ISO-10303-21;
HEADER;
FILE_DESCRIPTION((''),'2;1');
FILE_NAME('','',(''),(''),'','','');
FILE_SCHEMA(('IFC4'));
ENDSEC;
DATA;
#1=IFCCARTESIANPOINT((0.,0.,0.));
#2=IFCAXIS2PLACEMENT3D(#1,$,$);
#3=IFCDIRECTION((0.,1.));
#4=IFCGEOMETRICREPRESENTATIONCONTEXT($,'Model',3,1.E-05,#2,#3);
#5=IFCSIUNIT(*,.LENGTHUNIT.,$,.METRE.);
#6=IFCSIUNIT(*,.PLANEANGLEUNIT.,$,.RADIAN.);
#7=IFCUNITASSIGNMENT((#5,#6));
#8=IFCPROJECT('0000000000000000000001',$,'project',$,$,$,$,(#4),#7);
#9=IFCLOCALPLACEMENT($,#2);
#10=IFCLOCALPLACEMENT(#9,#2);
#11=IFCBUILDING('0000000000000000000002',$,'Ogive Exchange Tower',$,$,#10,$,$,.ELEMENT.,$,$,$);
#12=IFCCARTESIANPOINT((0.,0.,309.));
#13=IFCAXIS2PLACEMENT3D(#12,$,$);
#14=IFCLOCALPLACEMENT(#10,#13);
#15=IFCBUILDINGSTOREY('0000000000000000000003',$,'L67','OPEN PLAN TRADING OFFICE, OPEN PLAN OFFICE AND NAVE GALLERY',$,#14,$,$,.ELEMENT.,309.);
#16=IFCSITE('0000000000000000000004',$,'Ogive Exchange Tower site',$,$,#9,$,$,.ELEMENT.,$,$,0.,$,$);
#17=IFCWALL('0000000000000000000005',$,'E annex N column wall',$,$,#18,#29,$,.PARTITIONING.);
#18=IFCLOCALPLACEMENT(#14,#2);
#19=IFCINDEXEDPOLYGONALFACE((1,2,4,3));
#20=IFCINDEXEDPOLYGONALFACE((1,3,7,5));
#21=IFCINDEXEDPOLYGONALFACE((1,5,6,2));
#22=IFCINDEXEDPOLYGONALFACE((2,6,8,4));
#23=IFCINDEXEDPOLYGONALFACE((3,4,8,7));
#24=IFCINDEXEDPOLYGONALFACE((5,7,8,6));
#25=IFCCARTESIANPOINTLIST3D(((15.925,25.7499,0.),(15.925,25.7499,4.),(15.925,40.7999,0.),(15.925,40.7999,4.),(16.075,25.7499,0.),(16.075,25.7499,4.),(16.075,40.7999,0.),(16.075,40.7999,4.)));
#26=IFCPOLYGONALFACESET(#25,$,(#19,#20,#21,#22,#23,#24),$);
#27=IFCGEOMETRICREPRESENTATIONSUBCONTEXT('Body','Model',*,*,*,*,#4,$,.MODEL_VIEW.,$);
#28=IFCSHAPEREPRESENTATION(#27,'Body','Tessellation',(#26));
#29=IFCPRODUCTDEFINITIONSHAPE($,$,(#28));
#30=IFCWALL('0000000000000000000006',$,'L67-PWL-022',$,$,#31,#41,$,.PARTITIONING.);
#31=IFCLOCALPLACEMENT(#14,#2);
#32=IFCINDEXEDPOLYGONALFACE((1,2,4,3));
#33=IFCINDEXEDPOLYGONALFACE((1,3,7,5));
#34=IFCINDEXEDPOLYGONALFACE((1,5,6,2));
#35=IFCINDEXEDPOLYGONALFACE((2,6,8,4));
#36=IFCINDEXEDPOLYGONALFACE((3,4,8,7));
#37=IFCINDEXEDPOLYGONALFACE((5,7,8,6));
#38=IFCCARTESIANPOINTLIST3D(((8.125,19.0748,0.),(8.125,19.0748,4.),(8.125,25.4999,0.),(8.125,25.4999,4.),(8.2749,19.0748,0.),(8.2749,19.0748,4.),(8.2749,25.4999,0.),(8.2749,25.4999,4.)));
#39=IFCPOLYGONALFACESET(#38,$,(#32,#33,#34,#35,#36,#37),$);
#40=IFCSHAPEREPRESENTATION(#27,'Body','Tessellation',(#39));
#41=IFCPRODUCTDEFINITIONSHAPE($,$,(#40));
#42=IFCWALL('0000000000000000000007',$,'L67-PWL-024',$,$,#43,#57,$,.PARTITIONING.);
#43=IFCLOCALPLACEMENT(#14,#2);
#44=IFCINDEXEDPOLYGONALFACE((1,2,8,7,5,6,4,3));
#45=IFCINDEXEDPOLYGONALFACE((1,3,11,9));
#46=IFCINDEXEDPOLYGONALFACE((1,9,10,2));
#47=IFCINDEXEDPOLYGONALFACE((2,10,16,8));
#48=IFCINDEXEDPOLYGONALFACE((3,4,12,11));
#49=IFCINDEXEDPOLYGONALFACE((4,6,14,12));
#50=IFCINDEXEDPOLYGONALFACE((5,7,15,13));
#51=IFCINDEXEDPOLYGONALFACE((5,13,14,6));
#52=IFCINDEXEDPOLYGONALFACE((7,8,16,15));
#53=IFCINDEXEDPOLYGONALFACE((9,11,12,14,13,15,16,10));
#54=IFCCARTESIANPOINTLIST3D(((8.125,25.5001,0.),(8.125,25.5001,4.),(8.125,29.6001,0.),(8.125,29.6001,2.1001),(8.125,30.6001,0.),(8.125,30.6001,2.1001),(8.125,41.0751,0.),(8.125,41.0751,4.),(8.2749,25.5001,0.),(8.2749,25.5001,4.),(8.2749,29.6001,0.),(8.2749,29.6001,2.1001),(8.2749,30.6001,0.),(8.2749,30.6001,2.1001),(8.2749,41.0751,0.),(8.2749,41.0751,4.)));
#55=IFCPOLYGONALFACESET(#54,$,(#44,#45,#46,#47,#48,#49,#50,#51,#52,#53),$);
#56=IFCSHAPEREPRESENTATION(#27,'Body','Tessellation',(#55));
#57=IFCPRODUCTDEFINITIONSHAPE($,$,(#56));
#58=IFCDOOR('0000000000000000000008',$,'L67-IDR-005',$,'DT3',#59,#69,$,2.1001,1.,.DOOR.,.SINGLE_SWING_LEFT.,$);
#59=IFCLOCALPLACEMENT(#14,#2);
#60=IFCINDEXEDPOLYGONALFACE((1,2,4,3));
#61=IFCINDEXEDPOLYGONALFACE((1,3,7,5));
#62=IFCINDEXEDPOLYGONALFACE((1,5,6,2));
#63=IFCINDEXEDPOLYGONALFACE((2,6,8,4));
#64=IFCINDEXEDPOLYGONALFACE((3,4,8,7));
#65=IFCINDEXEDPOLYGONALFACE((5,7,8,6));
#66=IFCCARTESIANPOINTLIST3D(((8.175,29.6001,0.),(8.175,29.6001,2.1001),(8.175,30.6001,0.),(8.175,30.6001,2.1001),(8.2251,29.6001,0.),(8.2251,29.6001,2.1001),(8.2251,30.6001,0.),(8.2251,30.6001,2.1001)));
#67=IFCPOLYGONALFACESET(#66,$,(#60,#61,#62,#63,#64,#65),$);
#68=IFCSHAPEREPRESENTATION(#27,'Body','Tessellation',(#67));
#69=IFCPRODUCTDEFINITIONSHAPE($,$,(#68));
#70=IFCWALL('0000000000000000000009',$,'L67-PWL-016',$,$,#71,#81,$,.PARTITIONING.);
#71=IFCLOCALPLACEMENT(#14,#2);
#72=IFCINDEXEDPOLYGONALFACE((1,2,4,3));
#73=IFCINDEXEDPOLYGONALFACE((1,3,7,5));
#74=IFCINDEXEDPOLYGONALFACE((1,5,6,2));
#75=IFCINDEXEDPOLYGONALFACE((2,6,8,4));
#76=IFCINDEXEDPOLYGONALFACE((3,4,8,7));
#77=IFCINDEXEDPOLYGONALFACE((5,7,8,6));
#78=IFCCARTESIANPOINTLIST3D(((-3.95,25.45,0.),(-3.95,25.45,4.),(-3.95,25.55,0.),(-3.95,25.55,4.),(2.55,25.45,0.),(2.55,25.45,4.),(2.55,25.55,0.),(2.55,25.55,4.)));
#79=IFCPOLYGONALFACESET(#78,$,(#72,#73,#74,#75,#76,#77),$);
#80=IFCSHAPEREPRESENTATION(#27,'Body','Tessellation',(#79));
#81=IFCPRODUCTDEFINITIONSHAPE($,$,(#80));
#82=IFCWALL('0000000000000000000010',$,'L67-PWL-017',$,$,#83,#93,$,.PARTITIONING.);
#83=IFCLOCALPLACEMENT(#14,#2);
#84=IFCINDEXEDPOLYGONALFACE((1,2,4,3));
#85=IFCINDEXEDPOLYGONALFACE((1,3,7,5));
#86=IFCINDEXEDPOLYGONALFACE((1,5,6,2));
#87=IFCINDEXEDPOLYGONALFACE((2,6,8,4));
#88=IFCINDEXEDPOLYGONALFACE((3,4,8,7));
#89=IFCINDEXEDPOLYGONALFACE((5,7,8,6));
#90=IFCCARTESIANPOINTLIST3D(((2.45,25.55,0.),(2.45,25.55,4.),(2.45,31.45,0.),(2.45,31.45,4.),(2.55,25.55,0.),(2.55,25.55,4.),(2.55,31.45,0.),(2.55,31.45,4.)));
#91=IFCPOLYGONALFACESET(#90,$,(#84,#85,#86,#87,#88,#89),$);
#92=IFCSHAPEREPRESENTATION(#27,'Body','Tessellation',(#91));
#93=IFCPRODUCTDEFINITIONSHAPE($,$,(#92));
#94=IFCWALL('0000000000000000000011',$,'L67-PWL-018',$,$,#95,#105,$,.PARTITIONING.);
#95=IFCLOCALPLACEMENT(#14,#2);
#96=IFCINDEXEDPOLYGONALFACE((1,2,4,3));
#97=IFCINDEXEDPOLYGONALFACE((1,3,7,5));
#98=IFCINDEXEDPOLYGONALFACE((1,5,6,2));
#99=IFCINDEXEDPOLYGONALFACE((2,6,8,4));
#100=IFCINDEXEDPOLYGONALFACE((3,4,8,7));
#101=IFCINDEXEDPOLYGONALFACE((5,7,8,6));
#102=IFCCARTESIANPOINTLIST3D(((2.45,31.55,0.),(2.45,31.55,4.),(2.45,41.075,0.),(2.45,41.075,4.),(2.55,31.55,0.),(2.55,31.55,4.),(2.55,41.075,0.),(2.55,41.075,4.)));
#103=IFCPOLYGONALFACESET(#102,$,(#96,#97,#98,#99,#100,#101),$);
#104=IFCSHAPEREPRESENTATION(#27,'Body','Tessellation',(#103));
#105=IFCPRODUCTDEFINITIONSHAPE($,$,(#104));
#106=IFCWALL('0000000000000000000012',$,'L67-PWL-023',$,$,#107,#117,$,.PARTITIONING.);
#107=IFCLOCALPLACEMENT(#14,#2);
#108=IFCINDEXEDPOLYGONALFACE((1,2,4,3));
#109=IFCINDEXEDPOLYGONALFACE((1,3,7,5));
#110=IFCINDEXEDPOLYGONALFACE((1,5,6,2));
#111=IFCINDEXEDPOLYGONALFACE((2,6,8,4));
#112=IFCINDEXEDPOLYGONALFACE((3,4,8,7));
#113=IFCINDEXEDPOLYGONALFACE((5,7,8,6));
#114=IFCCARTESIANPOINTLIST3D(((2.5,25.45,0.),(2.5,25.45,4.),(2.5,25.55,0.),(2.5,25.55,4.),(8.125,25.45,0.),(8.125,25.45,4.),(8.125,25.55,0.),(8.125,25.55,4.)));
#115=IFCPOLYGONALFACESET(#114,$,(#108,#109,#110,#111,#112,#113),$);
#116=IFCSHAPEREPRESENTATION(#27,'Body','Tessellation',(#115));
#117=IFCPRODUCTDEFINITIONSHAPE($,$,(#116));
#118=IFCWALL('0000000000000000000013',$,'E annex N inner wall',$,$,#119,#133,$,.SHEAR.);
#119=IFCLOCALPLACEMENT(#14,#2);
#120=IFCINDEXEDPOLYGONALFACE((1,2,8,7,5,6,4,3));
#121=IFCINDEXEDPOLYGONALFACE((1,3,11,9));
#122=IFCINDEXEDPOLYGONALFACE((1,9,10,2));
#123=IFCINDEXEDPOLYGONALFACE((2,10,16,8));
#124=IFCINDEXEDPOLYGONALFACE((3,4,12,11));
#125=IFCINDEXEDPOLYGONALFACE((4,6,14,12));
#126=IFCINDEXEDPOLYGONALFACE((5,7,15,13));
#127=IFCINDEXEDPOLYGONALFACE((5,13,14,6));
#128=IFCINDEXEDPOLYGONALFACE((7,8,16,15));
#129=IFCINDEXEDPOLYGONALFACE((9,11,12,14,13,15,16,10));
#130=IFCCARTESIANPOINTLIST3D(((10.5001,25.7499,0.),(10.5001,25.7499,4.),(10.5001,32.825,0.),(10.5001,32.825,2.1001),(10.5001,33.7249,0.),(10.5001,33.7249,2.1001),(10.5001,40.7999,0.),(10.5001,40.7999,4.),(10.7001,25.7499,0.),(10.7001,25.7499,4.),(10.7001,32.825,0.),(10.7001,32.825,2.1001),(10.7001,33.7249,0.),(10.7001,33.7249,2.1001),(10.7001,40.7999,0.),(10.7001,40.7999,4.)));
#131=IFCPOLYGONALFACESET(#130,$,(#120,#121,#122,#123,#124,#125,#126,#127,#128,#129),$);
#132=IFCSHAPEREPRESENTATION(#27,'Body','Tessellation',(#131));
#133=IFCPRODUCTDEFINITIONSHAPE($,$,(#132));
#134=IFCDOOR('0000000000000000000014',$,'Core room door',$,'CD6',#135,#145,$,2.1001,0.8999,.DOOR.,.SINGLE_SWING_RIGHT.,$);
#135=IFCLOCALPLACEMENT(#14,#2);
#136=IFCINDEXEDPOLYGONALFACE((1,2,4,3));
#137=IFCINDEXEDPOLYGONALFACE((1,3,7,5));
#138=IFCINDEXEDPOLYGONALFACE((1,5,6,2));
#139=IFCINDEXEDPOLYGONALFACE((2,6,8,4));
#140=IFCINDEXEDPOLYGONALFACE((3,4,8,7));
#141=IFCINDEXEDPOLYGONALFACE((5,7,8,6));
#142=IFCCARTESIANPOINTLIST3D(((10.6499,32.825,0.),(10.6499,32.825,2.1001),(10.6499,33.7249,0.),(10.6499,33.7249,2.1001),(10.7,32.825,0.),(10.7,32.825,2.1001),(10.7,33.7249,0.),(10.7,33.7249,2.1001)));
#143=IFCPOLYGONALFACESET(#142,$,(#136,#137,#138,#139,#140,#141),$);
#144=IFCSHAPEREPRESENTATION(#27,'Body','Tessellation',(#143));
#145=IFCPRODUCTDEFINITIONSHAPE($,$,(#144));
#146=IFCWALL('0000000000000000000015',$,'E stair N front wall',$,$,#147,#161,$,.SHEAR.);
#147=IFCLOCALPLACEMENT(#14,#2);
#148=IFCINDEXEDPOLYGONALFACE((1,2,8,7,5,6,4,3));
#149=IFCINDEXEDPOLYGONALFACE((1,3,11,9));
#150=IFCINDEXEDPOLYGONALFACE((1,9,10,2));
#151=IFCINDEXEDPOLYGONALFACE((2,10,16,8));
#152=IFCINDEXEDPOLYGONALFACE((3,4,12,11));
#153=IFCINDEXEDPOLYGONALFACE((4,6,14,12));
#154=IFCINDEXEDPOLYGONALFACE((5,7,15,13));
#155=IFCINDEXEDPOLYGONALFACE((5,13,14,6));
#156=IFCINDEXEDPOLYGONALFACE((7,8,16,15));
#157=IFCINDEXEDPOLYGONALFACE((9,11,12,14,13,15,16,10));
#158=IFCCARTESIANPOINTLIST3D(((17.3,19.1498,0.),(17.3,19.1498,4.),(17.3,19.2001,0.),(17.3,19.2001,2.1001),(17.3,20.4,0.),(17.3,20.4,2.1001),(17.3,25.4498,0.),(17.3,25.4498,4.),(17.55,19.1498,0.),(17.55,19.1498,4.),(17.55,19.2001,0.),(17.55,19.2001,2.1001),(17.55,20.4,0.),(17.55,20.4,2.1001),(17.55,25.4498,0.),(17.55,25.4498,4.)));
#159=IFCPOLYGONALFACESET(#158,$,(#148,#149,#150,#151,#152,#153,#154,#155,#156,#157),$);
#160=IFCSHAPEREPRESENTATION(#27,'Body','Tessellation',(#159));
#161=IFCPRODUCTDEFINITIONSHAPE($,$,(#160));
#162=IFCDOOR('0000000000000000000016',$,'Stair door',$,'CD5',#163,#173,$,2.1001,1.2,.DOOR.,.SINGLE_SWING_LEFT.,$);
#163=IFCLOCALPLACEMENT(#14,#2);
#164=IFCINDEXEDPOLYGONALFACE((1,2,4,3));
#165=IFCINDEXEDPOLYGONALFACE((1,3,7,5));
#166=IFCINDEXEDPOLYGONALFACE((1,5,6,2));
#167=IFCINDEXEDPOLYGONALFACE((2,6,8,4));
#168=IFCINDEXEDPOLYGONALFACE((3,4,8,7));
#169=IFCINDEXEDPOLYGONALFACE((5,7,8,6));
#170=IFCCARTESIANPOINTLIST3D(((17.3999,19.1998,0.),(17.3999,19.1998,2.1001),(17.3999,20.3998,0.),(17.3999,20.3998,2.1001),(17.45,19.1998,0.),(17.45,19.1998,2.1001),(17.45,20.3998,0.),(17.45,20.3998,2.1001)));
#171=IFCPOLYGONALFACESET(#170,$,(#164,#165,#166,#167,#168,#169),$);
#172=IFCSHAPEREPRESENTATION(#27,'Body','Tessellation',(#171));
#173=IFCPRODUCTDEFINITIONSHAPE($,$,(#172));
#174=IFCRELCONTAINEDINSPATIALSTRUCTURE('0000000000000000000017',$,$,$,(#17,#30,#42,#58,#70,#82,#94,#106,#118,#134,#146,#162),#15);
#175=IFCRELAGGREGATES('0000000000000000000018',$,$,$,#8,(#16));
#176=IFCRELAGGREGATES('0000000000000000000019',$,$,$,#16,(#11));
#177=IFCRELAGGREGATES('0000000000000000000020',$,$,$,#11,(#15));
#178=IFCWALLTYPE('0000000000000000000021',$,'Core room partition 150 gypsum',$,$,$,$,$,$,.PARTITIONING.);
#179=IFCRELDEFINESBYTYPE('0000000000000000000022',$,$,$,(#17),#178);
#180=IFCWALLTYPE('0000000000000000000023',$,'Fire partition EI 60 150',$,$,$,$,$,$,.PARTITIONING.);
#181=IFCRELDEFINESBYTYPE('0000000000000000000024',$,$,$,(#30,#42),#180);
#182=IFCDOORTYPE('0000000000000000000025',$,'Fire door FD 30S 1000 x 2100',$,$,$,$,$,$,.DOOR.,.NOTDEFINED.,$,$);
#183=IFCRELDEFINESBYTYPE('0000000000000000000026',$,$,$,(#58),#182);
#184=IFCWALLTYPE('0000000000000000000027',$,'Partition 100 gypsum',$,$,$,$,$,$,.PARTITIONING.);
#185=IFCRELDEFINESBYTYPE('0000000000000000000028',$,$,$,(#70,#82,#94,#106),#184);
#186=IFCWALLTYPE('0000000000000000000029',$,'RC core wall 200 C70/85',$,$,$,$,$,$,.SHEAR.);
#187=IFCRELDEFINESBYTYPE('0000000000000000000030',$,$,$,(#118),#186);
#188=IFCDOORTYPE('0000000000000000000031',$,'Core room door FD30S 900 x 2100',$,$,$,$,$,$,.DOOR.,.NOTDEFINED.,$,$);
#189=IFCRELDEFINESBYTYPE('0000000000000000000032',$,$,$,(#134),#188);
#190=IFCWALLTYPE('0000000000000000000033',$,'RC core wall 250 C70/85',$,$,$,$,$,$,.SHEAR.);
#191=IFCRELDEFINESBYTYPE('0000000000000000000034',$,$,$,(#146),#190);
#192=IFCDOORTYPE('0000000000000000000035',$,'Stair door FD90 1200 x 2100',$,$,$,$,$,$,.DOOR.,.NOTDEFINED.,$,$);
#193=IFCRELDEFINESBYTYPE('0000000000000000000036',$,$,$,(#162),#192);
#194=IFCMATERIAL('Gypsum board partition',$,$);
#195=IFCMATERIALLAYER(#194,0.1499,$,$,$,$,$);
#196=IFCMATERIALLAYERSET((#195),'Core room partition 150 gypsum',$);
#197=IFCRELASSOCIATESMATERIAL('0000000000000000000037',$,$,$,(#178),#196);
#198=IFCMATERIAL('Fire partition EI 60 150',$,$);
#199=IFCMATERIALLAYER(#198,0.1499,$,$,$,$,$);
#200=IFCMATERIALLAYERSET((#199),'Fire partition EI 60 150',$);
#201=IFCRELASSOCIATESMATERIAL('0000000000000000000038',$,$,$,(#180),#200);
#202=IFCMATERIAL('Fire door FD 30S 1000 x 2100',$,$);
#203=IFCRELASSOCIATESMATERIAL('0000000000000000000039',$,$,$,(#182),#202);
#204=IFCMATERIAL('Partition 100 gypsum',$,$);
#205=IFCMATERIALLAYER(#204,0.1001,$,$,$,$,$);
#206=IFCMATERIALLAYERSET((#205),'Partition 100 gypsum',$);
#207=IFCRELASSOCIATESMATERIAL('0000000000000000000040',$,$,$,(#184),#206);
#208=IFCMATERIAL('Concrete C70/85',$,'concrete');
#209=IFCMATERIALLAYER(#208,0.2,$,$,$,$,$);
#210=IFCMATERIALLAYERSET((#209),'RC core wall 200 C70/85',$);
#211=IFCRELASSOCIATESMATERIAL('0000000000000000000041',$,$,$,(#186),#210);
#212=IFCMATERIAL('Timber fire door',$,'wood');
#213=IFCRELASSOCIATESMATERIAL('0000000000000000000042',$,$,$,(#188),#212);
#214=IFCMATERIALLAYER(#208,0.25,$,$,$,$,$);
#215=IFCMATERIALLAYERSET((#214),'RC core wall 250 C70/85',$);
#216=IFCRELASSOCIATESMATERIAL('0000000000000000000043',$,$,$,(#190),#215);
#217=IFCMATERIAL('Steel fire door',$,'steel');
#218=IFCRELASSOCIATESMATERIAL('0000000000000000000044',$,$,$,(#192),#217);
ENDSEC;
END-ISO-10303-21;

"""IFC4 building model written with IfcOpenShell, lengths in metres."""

from ifc_helpers import new_model, si_unit, direction, frame, frame_2d, origin, place, context, subcontext, project, spatial, rectangle, extrude, material, layer, layer_set, type_object, element, fill, save


model = new_model("IFC4")

# Units and contexts
model_context = context("Model", 3, precision=1e-05, world=origin(), true_north=direction((0.0, 1.0)))
body_context = subcontext(model_context, "Body", "Model", "MODEL_VIEW")
ifc_project = project(units=[si_unit("LENGTHUNIT", "METRE"), si_unit("PLANEANGLEUNIT", "RADIAN")], contexts=[model_context])

# Site, building, storey
site_placement = place(None, origin())
site = spatial("IfcSite", under=ifc_project, at=site_placement, Name="Ogive Exchange Tower site", CompositionType="ELEMENT", RefElevation=0.0)
building_placement = place(site_placement, origin())
building = spatial("IfcBuilding", under=site, at=building_placement, Name="Ogive Exchange Tower", CompositionType="ELEMENT")
storey_placement = place(building_placement, frame((0.0, 0.0, 309.0)))
storey = spatial("IfcBuildingStorey", under=building, at=storey_placement, Name="L67", Description="OPEN PLAN TRADING OFFICE, OPEN PLAN OFFICE AND NAVE GALLERY", CompositionType="ELEMENT", Elevation=309.0)

# Walls
ifc_material_1 = material(Name="Gypsum board partition")
ifc_layer_1 = layer(ifc_material_1, 0.1499)
ifc_layer_set_1 = layer_set([ifc_layer_1], Name="Core room partition 150 gypsum")
wall_type_1 = type_object("IfcWallType", Name="Core room partition 150 gypsum", PredefinedType="PARTITIONING", material=ifc_layer_set_1)
wall_1_placement = place(storey_placement, frame((16.0, 25.75, 0.0), z_axis=(0.0, 0.0, 1.0), x_axis=(0.0, 1.0, 0.0)))
element("IfcWall", 1, at=wall_1_placement, inside=storey, type_object=wall_type_1, Name="E annex N column wall", PredefinedType="PARTITIONING", context=body_context, shape_type="SweptSolid", body=[
    extrude(rectangle(XDim=15.05, YDim=0.1499, at=frame_2d((7.5249, 0.0))), origin(), (0.0, 0.0, 1.0), 4.0),
])
ifc_material_2 = material(Name="Fire partition EI 60 150")
ifc_layer_2 = layer(ifc_material_2, 0.1499)
ifc_layer_set_2 = layer_set([ifc_layer_2], Name="Fire partition EI 60 150")
wall_type_2 = type_object("IfcWallType", Name="Fire partition EI 60 150", PredefinedType="PARTITIONING", material=ifc_layer_set_2)
wall_2_placement = place(storey_placement, frame((8.2, 19.075, 0.0), z_axis=(0.0, 0.0, 1.0), x_axis=(0.0, 1.0, 0.0)))
element("IfcWall", 2, at=wall_2_placement, inside=storey, type_object=wall_type_2, Name="L67-PWL-022", PredefinedType="PARTITIONING", context=body_context, shape_type="SweptSolid", body=[
    extrude(rectangle(XDim=6.425, YDim=0.1499, at=frame_2d((3.2124, 0.0))), origin(), (0.0, 0.0, 1.0), 4.0),
])

# Wall, opening, door
wall_3_placement = place(storey_placement, frame((8.2, 25.5, 0.0), z_axis=(0.0, 0.0, 1.0), x_axis=(0.0, 1.0, 0.0)))
wall_3 = element("IfcWall", 3, at=wall_3_placement, inside=storey, type_object=wall_type_2, Name="L67-PWL-024", PredefinedType="PARTITIONING", context=body_context, shape_type="SweptSolid", body=[
    extrude(rectangle(XDim=15.575, YDim=0.1499, at=frame_2d((7.7876, 0.0))), origin(), (0.0, 0.0, 1.0), 4.0),
])
opening_1_placement = place(wall_3_placement, frame((4.1001, 0.0, 0.0)))
opening_1 = element("IfcOpeningElement", 4, at=opening_1_placement, cuts=wall_3, PredefinedType="OPENING", context=body_context, shape_type="SweptSolid", body=[
    extrude(rectangle(XDim=1.0, YDim=2.1001, at=frame_2d((0.5, 1.05))), frame((0.0, 0.085, 0.0), z_axis=(0.0, -1.0, 0.0), x_axis=(1.0, 0.0, 0.0)), (0.0, 0.0, 1.0), 0.1699),
])
ifc_material_3 = material(Name="Fire door FD 30S 1000 x 2100")
door_type_1 = type_object("IfcDoorType", Name="Fire door FD 30S 1000 x 2100", OperationType="NOTDEFINED", PredefinedType="DOOR", material=ifc_material_3)
door_1_placement = place(opening_1_placement, origin())
door_1 = element("IfcDoor", 5, at=door_1_placement, inside=storey, type_object=door_type_1, Name="L67-IDR-005", ObjectType="DT3", OperationType="SINGLE_SWING_LEFT", OverallHeight=2.1001, OverallWidth=1.0, PredefinedType="DOOR", context=body_context, shape_type="SweptSolid", body=[
    extrude(rectangle(XDim=1.0, YDim=2.1001, at=frame_2d((0.5, 1.05))), frame((0.0, 0.0249, 0.0), z_axis=(0.0, -1.0, 0.0), x_axis=(1.0, 0.0, 0.0)), (0.0, 0.0, 1.0), 0.05),
])
fill(opening_1, door_1)

# Walls
ifc_material_4 = material(Name="Partition 100 gypsum")
ifc_layer_3 = layer(ifc_material_4, 0.1001)
ifc_layer_set_3 = layer_set([ifc_layer_3], Name="Partition 100 gypsum")
wall_type_3 = type_object("IfcWallType", Name="Partition 100 gypsum", PredefinedType="PARTITIONING", material=ifc_layer_set_3)
wall_4_placement = place(storey_placement, frame((2.55, 25.5, 0.0), z_axis=(0.0, 0.0, 1.0), x_axis=(-1.0, 0.0, 0.0)))
element("IfcWall", 6, at=wall_4_placement, inside=storey, type_object=wall_type_3, Name="L67-PWL-016", PredefinedType="PARTITIONING", context=body_context, shape_type="SweptSolid", body=[
    extrude(rectangle(XDim=6.5, YDim=0.1001, at=frame_2d((3.25, 0.0))), origin(), (0.0, 0.0, 1.0), 4.0),
])
wall_5_placement = place(storey_placement, frame((2.5, 25.55, 0.0), z_axis=(0.0, 0.0, 1.0), x_axis=(0.0, 1.0, 0.0)))
element("IfcWall", 7, at=wall_5_placement, inside=storey, type_object=wall_type_3, Name="L67-PWL-017", PredefinedType="PARTITIONING", context=body_context, shape_type="SweptSolid", body=[
    extrude(rectangle(XDim=5.8999, YDim=0.1001, at=frame_2d((2.95, 0.0))), origin(), (0.0, 0.0, 1.0), 4.0),
])
wall_6_placement = place(storey_placement, frame((2.5, 31.55, 0.0), z_axis=(0.0, 0.0, 1.0), x_axis=(0.0, 1.0, 0.0)))
element("IfcWall", 8, at=wall_6_placement, inside=storey, type_object=wall_type_3, Name="L67-PWL-018", PredefinedType="PARTITIONING", context=body_context, shape_type="SweptSolid", body=[
    extrude(rectangle(XDim=9.5249, YDim=0.1001, at=frame_2d((4.7625, 0.0))), origin(), (0.0, 0.0, 1.0), 4.0),
])
wall_7_placement = place(storey_placement, frame((8.125, 25.5, 0.0), z_axis=(0.0, 0.0, 1.0), x_axis=(-1.0, 0.0, 0.0)))
element("IfcWall", 9, at=wall_7_placement, inside=storey, type_object=wall_type_3, Name="L67-PWL-023", PredefinedType="PARTITIONING", context=body_context, shape_type="SweptSolid", body=[
    extrude(rectangle(XDim=5.625, YDim=0.1001, at=frame_2d((2.8125, 0.0))), origin(), (0.0, 0.0, 1.0), 4.0),
])

# Walls, openings, doors
ifc_material_5 = material(Name="Concrete C70/85", Category="concrete")
ifc_layer_4 = layer(ifc_material_5, 0.2)
ifc_layer_set_4 = layer_set([ifc_layer_4], Name="RC core wall 200 C70/85")
wall_type_4 = type_object("IfcWallType", Name="RC core wall 200 C70/85", PredefinedType="SHEAR", material=ifc_layer_set_4)
wall_8_placement = place(storey_placement, frame((10.6001, 25.75, 0.0), z_axis=(0.0, 0.0, 1.0), x_axis=(0.0, 1.0, 0.0)))
wall_8 = element("IfcWall", 10, at=wall_8_placement, inside=storey, type_object=wall_type_4, Name="E annex N inner wall", PredefinedType="SHEAR", context=body_context, shape_type="SweptSolid", body=[
    extrude(rectangle(XDim=15.05, YDim=0.2, at=frame_2d((7.5249, 0.0))), origin(), (0.0, 0.0, 1.0), 4.0),
])
opening_2_placement = place(wall_8_placement, frame((7.075, 0.0, 0.0)))
opening_2 = element("IfcOpeningElement", 11, at=opening_2_placement, cuts=wall_8, PredefinedType="OPENING", context=body_context, shape_type="SweptSolid", body=[
    extrude(rectangle(XDim=0.8999, YDim=2.1001, at=frame_2d((0.45, 1.05))), frame((0.0, 0.1099, 0.0), z_axis=(0.0, -1.0, 0.0), x_axis=(1.0, 0.0, 0.0)), (0.0, 0.0, 1.0), 0.22),
])
ifc_material_6 = material(Name="Timber fire door", Category="wood")
door_type_2 = type_object("IfcDoorType", Name="Core room door FD30S 900 x 2100", OperationType="NOTDEFINED", PredefinedType="DOOR", material=ifc_material_6)
door_2_placement = place(opening_2_placement, origin())
door_2 = element("IfcDoor", 12, at=door_2_placement, inside=storey, type_object=door_type_2, Name="Core room door", ObjectType="CD6", OperationType="SINGLE_SWING_RIGHT", OverallHeight=2.1001, OverallWidth=0.8999, PredefinedType="DOOR", context=body_context, shape_type="SweptSolid", body=[
    extrude(rectangle(XDim=0.8999, YDim=2.1001, at=frame_2d((0.45, 1.05))), frame((0.0, -0.0498, 0.0), z_axis=(0.0, -1.0, 0.0), x_axis=(1.0, 0.0, 0.0)), (0.0, 0.0, 1.0), 0.05),
])
fill(opening_2, door_2)
ifc_layer_5 = layer(ifc_material_5, 0.25)
ifc_layer_set_5 = layer_set([ifc_layer_5], Name="RC core wall 250 C70/85")
wall_type_5 = type_object("IfcWallType", Name="RC core wall 250 C70/85", PredefinedType="SHEAR", material=ifc_layer_set_5)
wall_9_placement = place(storey_placement, frame((17.425, 19.1499, 0.0), z_axis=(0.0, 0.0, 1.0), x_axis=(0.0, 1.0, 0.0)))
wall_9 = element("IfcWall", 13, at=wall_9_placement, inside=storey, type_object=wall_type_5, Name="E stair N front wall", PredefinedType="SHEAR", context=body_context, shape_type="SweptSolid", body=[
    extrude(rectangle(XDim=6.3, YDim=0.25, at=frame_2d((3.1499, 0.0))), origin(), (0.0, 0.0, 1.0), 4.0),
])
opening_3_placement = place(wall_9_placement, frame((0.05, 0.0, 0.0)))
opening_3 = element("IfcOpeningElement", 14, at=opening_3_placement, cuts=wall_9, PredefinedType="OPENING", context=body_context, shape_type="SweptSolid", body=[
    extrude(rectangle(XDim=1.2, YDim=2.1001, at=frame_2d((0.6001, 1.05))), frame((0.0, 0.135, 0.0), z_axis=(0.0, -1.0, 0.0), x_axis=(1.0, 0.0, 0.0)), (0.0, 0.0, 1.0), 0.27),
])
ifc_material_7 = material(Name="Steel fire door", Category="steel")
door_type_3 = type_object("IfcDoorType", Name="Stair door FD90 1200 x 2100", OperationType="NOTDEFINED", PredefinedType="DOOR", material=ifc_material_7)
door_3_placement = place(opening_3_placement, frame((1.2, 0.0, 0.0), z_axis=(0.0, 0.0, 1.0), x_axis=(-1.0, 0.0, 0.0)))
door_3 = element("IfcDoor", 15, at=door_3_placement, inside=storey, type_object=door_type_3, Name="Stair door", ObjectType="CD5", OperationType="SINGLE_SWING_LEFT", OverallHeight=2.1001, OverallWidth=1.2, PredefinedType="DOOR", context=body_context, shape_type="SweptSolid", body=[
    extrude(rectangle(XDim=1.2, YDim=2.1001, at=frame_2d((0.6001, 1.05))), frame((0.0, 0.0249, 0.0), z_axis=(0.0, -1.0, 0.0), x_axis=(1.0, 0.0, 0.0)), (0.0, 0.0, 1.0), 0.05),
])
fill(opening_3, door_3)

save(model, "model.ifc")
